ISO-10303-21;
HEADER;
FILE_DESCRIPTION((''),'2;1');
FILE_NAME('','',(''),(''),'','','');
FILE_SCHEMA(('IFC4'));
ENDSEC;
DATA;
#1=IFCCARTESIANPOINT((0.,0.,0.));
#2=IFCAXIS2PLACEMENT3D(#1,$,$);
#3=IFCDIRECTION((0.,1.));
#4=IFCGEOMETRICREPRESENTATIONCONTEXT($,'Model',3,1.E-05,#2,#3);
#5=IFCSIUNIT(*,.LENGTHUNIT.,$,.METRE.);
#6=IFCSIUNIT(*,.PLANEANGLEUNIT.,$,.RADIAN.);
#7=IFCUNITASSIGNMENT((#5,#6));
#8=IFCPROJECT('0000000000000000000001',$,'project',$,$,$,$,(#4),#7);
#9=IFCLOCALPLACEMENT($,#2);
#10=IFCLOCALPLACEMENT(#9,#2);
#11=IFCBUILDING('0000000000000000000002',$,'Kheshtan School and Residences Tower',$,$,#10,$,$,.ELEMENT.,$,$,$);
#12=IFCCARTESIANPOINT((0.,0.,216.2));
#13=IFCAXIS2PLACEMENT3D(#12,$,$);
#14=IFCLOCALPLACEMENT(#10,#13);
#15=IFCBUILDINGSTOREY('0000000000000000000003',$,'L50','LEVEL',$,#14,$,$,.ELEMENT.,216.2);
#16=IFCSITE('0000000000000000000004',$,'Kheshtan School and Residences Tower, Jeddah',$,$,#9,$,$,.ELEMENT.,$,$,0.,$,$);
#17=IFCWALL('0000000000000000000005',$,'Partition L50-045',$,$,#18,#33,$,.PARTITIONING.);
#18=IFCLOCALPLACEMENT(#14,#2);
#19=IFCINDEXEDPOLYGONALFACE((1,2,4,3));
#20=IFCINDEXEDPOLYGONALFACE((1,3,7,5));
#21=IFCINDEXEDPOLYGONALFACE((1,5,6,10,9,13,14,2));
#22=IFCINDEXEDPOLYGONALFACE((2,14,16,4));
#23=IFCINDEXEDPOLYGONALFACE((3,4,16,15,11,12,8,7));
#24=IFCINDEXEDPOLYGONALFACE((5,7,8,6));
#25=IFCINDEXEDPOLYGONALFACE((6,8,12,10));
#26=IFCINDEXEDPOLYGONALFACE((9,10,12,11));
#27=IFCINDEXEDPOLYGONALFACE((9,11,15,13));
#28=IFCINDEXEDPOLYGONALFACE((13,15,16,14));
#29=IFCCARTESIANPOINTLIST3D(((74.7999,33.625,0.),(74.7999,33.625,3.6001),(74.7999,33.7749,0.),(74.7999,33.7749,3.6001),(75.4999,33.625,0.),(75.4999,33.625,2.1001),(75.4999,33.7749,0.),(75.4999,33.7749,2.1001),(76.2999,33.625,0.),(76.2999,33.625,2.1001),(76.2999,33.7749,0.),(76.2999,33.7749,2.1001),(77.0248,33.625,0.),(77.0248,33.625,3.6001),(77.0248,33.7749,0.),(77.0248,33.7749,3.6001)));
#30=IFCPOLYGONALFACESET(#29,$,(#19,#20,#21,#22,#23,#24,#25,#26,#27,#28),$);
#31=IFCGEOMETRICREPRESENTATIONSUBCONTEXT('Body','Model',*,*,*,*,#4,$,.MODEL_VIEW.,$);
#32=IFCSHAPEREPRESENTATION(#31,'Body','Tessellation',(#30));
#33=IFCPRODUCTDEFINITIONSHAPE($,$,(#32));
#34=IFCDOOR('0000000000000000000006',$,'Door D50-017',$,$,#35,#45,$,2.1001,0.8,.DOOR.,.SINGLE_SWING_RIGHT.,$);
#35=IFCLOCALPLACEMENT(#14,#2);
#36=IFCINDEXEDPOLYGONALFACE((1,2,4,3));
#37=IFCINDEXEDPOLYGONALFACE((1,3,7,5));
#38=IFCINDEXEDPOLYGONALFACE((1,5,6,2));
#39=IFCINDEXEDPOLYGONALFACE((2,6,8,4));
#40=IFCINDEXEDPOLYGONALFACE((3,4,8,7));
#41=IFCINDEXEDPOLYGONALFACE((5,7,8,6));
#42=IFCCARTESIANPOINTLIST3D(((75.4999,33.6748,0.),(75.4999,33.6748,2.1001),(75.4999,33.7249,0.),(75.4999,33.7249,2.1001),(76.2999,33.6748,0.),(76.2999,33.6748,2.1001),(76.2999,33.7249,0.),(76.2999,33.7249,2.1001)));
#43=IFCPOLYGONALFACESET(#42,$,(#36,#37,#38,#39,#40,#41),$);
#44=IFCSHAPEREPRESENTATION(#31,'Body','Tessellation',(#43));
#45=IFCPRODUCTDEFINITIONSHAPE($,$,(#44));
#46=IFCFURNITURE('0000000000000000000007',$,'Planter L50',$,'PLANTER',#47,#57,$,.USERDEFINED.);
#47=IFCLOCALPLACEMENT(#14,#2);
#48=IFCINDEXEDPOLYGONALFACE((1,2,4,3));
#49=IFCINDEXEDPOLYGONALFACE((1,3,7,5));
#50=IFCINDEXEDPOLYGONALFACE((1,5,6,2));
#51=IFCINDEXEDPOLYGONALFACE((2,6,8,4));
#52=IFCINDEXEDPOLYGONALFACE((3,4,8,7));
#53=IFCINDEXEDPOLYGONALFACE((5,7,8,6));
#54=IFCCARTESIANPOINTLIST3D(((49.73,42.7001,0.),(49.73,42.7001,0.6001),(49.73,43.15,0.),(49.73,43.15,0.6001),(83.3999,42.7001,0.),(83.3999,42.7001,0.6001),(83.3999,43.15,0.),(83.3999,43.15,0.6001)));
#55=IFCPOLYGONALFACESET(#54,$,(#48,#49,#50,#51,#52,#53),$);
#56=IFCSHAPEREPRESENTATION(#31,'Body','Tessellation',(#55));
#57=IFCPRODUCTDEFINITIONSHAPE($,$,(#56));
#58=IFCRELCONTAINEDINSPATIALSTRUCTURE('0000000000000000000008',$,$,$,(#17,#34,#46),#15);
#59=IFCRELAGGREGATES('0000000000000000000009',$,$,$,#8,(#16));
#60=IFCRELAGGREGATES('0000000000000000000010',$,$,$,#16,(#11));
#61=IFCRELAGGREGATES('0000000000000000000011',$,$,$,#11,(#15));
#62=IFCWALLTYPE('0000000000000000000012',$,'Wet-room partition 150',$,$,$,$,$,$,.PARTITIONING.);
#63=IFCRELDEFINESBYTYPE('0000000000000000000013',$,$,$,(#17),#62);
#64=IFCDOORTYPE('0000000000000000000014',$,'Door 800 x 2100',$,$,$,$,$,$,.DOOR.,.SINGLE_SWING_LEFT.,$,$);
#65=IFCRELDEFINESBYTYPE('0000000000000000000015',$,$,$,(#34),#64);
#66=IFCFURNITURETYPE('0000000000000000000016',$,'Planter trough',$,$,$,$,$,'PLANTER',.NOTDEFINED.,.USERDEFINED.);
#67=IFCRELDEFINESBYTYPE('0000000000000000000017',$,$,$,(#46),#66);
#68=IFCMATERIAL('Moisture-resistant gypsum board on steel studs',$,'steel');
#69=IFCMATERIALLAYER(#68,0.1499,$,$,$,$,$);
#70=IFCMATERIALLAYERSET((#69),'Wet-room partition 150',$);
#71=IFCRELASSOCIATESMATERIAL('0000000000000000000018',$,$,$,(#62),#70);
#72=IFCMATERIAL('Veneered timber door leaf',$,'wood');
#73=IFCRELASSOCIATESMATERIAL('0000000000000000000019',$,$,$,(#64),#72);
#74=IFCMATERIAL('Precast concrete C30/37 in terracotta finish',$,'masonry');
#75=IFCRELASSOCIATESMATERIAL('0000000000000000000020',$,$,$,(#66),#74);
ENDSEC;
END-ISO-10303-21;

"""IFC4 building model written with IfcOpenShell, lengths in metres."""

from ifc_helpers import new_model, si_unit, direction, frame, frame_2d, origin, origin_2d, place, context, subcontext, project, spatial, rectangle, extrude, source, transform, mapped, material, layer, layer_set, type_object, element, fill, save


model = new_model("IFC4")

# Units and contexts
model_context = context("Model", 3, precision=1e-05, world=origin(), true_north=direction((0.0, 1.0)))
body_context = subcontext(model_context, "Body", "Model", "MODEL_VIEW")
ifc_project = project(units=[si_unit("LENGTHUNIT", "METRE"), si_unit("PLANEANGLEUNIT", "RADIAN")], contexts=[model_context])

# Site, building, storey
site_placement = place(None, origin())
site = spatial("IfcSite", under=ifc_project, at=site_placement, Name="Kheshtan School and Residences Tower, Jeddah", CompositionType="ELEMENT", RefElevation=0.0)
building_placement = place(site_placement, origin())
building = spatial("IfcBuilding", under=site, at=building_placement, Name="Kheshtan School and Residences Tower", CompositionType="ELEMENT")
storey_placement = place(building_placement, frame((0.0, 0.0, 216.2)))
storey = spatial("IfcBuildingStorey", under=building, at=storey_placement, Name="L50", Description="LEVEL", CompositionType="ELEMENT", Elevation=216.2)

# Shared definitions
ifc_material_1 = material(Name="Moisture-resistant gypsum board on steel studs", Category="steel")
ifc_layer_1 = layer(ifc_material_1, 0.1499)
ifc_layer_set_1 = layer_set([ifc_layer_1], Name="Wet-room partition 150")
wall_type_1 = type_object("IfcWallType", Name="Wet-room partition 150", PredefinedType="PARTITIONING", material=ifc_layer_set_1)

# Shared definitions
ifc_material_2 = material(Name="Veneered timber door leaf", Category="wood")
door_type_1 = type_object("IfcDoorType", Name="Door 800 x 2100", OperationType="SINGLE_SWING_LEFT", PredefinedType="DOOR", material=ifc_material_2)
shared_shape_1 = source(origin(), body_context, "Body", "SweptSolid", [
    extrude(rectangle(XDim=0.8, YDim=2.1001, at=frame_2d((0.3999, 1.05))), frame((0.0, 0.0249, 0.0), z_axis=(0.0, -1.0, 0.0), x_axis=(1.0, 0.0, 0.0)), (0.0, 0.0, 1.0), 0.05),
])

# Wall, opening, door
wall_1_placement = place(storey_placement, frame((74.8, 33.7, 0.0), z_axis=(0.0, 0.0, 1.0), x_axis=(1.0, 0.0, 0.0)))
wall_1 = element("IfcWall", 1, at=wall_1_placement, inside=storey, type_object=wall_type_1, Name="Partition L50-045", PredefinedType="PARTITIONING", context=body_context, shape_type="SweptSolid", body=[
    extrude(rectangle(XDim=2.2249, YDim=0.1499, at=frame_2d((1.1123, 0.0))), origin(), (0.0, 0.0, 1.0), 3.6001),
])
opening_1_placement = place(wall_1_placement, frame((0.7, 0.0, 0.0)))
opening_1 = element("IfcOpeningElement", 2, at=opening_1_placement, cuts=wall_1, PredefinedType="OPENING", context=body_context, shape_type="SweptSolid", body=[
    extrude(rectangle(XDim=0.8, YDim=2.1001, at=frame_2d((0.3999, 1.05))), frame((0.0, 0.085, 0.0), z_axis=(0.0, -1.0, 0.0), x_axis=(1.0, 0.0, 0.0)), (0.0, 0.0, 1.0), 0.1699),
])
door_1_placement = place(opening_1_placement, origin())
door_1 = element("IfcDoor", 3, at=door_1_placement, inside=storey, type_object=door_type_1, Name="Door D50-017", OperationType="SINGLE_SWING_RIGHT", OverallHeight=2.1001, OverallWidth=0.8, PredefinedType="DOOR", context=body_context, shape_type="MappedRepresentation", body=[
    mapped(shared_shape_1, transform((0.0, 0.0, 0.0), x_axis=(1.0, 0.0, 0.0), y_axis=(0.0, 1.0, 0.0), z_axis=(0.0, 0.0, 1.0), scale=1.0)),
])
fill(opening_1, door_1)

# Furniture
ifc_material_3 = material(Name="Precast concrete C30/37 in terracotta finish", Category="masonry")
furniture_type = type_object("IfcFurnitureType", Name="Planter trough", ElementType="PLANTER", AssemblyPlace="NOTDEFINED", PredefinedType="USERDEFINED", material=ifc_material_3)
furniture_placement = place(storey_placement, frame((66.5649, 42.925, 0.0), z_axis=(0.0, 0.0, 1.0), x_axis=(1.0, 0.0, 0.0)))
element("IfcFurniture", 4, at=furniture_placement, inside=storey, type_object=furniture_type, Name="Planter L50", ObjectType="PLANTER", PredefinedType="USERDEFINED", context=body_context, shape_type="SweptSolid", body=[
    extrude(rectangle(XDim=33.6699, YDim=0.45, at=origin_2d()), origin(), (0.0, 0.0, 1.0), 0.6001),
])

save(model, "model.ifc")
